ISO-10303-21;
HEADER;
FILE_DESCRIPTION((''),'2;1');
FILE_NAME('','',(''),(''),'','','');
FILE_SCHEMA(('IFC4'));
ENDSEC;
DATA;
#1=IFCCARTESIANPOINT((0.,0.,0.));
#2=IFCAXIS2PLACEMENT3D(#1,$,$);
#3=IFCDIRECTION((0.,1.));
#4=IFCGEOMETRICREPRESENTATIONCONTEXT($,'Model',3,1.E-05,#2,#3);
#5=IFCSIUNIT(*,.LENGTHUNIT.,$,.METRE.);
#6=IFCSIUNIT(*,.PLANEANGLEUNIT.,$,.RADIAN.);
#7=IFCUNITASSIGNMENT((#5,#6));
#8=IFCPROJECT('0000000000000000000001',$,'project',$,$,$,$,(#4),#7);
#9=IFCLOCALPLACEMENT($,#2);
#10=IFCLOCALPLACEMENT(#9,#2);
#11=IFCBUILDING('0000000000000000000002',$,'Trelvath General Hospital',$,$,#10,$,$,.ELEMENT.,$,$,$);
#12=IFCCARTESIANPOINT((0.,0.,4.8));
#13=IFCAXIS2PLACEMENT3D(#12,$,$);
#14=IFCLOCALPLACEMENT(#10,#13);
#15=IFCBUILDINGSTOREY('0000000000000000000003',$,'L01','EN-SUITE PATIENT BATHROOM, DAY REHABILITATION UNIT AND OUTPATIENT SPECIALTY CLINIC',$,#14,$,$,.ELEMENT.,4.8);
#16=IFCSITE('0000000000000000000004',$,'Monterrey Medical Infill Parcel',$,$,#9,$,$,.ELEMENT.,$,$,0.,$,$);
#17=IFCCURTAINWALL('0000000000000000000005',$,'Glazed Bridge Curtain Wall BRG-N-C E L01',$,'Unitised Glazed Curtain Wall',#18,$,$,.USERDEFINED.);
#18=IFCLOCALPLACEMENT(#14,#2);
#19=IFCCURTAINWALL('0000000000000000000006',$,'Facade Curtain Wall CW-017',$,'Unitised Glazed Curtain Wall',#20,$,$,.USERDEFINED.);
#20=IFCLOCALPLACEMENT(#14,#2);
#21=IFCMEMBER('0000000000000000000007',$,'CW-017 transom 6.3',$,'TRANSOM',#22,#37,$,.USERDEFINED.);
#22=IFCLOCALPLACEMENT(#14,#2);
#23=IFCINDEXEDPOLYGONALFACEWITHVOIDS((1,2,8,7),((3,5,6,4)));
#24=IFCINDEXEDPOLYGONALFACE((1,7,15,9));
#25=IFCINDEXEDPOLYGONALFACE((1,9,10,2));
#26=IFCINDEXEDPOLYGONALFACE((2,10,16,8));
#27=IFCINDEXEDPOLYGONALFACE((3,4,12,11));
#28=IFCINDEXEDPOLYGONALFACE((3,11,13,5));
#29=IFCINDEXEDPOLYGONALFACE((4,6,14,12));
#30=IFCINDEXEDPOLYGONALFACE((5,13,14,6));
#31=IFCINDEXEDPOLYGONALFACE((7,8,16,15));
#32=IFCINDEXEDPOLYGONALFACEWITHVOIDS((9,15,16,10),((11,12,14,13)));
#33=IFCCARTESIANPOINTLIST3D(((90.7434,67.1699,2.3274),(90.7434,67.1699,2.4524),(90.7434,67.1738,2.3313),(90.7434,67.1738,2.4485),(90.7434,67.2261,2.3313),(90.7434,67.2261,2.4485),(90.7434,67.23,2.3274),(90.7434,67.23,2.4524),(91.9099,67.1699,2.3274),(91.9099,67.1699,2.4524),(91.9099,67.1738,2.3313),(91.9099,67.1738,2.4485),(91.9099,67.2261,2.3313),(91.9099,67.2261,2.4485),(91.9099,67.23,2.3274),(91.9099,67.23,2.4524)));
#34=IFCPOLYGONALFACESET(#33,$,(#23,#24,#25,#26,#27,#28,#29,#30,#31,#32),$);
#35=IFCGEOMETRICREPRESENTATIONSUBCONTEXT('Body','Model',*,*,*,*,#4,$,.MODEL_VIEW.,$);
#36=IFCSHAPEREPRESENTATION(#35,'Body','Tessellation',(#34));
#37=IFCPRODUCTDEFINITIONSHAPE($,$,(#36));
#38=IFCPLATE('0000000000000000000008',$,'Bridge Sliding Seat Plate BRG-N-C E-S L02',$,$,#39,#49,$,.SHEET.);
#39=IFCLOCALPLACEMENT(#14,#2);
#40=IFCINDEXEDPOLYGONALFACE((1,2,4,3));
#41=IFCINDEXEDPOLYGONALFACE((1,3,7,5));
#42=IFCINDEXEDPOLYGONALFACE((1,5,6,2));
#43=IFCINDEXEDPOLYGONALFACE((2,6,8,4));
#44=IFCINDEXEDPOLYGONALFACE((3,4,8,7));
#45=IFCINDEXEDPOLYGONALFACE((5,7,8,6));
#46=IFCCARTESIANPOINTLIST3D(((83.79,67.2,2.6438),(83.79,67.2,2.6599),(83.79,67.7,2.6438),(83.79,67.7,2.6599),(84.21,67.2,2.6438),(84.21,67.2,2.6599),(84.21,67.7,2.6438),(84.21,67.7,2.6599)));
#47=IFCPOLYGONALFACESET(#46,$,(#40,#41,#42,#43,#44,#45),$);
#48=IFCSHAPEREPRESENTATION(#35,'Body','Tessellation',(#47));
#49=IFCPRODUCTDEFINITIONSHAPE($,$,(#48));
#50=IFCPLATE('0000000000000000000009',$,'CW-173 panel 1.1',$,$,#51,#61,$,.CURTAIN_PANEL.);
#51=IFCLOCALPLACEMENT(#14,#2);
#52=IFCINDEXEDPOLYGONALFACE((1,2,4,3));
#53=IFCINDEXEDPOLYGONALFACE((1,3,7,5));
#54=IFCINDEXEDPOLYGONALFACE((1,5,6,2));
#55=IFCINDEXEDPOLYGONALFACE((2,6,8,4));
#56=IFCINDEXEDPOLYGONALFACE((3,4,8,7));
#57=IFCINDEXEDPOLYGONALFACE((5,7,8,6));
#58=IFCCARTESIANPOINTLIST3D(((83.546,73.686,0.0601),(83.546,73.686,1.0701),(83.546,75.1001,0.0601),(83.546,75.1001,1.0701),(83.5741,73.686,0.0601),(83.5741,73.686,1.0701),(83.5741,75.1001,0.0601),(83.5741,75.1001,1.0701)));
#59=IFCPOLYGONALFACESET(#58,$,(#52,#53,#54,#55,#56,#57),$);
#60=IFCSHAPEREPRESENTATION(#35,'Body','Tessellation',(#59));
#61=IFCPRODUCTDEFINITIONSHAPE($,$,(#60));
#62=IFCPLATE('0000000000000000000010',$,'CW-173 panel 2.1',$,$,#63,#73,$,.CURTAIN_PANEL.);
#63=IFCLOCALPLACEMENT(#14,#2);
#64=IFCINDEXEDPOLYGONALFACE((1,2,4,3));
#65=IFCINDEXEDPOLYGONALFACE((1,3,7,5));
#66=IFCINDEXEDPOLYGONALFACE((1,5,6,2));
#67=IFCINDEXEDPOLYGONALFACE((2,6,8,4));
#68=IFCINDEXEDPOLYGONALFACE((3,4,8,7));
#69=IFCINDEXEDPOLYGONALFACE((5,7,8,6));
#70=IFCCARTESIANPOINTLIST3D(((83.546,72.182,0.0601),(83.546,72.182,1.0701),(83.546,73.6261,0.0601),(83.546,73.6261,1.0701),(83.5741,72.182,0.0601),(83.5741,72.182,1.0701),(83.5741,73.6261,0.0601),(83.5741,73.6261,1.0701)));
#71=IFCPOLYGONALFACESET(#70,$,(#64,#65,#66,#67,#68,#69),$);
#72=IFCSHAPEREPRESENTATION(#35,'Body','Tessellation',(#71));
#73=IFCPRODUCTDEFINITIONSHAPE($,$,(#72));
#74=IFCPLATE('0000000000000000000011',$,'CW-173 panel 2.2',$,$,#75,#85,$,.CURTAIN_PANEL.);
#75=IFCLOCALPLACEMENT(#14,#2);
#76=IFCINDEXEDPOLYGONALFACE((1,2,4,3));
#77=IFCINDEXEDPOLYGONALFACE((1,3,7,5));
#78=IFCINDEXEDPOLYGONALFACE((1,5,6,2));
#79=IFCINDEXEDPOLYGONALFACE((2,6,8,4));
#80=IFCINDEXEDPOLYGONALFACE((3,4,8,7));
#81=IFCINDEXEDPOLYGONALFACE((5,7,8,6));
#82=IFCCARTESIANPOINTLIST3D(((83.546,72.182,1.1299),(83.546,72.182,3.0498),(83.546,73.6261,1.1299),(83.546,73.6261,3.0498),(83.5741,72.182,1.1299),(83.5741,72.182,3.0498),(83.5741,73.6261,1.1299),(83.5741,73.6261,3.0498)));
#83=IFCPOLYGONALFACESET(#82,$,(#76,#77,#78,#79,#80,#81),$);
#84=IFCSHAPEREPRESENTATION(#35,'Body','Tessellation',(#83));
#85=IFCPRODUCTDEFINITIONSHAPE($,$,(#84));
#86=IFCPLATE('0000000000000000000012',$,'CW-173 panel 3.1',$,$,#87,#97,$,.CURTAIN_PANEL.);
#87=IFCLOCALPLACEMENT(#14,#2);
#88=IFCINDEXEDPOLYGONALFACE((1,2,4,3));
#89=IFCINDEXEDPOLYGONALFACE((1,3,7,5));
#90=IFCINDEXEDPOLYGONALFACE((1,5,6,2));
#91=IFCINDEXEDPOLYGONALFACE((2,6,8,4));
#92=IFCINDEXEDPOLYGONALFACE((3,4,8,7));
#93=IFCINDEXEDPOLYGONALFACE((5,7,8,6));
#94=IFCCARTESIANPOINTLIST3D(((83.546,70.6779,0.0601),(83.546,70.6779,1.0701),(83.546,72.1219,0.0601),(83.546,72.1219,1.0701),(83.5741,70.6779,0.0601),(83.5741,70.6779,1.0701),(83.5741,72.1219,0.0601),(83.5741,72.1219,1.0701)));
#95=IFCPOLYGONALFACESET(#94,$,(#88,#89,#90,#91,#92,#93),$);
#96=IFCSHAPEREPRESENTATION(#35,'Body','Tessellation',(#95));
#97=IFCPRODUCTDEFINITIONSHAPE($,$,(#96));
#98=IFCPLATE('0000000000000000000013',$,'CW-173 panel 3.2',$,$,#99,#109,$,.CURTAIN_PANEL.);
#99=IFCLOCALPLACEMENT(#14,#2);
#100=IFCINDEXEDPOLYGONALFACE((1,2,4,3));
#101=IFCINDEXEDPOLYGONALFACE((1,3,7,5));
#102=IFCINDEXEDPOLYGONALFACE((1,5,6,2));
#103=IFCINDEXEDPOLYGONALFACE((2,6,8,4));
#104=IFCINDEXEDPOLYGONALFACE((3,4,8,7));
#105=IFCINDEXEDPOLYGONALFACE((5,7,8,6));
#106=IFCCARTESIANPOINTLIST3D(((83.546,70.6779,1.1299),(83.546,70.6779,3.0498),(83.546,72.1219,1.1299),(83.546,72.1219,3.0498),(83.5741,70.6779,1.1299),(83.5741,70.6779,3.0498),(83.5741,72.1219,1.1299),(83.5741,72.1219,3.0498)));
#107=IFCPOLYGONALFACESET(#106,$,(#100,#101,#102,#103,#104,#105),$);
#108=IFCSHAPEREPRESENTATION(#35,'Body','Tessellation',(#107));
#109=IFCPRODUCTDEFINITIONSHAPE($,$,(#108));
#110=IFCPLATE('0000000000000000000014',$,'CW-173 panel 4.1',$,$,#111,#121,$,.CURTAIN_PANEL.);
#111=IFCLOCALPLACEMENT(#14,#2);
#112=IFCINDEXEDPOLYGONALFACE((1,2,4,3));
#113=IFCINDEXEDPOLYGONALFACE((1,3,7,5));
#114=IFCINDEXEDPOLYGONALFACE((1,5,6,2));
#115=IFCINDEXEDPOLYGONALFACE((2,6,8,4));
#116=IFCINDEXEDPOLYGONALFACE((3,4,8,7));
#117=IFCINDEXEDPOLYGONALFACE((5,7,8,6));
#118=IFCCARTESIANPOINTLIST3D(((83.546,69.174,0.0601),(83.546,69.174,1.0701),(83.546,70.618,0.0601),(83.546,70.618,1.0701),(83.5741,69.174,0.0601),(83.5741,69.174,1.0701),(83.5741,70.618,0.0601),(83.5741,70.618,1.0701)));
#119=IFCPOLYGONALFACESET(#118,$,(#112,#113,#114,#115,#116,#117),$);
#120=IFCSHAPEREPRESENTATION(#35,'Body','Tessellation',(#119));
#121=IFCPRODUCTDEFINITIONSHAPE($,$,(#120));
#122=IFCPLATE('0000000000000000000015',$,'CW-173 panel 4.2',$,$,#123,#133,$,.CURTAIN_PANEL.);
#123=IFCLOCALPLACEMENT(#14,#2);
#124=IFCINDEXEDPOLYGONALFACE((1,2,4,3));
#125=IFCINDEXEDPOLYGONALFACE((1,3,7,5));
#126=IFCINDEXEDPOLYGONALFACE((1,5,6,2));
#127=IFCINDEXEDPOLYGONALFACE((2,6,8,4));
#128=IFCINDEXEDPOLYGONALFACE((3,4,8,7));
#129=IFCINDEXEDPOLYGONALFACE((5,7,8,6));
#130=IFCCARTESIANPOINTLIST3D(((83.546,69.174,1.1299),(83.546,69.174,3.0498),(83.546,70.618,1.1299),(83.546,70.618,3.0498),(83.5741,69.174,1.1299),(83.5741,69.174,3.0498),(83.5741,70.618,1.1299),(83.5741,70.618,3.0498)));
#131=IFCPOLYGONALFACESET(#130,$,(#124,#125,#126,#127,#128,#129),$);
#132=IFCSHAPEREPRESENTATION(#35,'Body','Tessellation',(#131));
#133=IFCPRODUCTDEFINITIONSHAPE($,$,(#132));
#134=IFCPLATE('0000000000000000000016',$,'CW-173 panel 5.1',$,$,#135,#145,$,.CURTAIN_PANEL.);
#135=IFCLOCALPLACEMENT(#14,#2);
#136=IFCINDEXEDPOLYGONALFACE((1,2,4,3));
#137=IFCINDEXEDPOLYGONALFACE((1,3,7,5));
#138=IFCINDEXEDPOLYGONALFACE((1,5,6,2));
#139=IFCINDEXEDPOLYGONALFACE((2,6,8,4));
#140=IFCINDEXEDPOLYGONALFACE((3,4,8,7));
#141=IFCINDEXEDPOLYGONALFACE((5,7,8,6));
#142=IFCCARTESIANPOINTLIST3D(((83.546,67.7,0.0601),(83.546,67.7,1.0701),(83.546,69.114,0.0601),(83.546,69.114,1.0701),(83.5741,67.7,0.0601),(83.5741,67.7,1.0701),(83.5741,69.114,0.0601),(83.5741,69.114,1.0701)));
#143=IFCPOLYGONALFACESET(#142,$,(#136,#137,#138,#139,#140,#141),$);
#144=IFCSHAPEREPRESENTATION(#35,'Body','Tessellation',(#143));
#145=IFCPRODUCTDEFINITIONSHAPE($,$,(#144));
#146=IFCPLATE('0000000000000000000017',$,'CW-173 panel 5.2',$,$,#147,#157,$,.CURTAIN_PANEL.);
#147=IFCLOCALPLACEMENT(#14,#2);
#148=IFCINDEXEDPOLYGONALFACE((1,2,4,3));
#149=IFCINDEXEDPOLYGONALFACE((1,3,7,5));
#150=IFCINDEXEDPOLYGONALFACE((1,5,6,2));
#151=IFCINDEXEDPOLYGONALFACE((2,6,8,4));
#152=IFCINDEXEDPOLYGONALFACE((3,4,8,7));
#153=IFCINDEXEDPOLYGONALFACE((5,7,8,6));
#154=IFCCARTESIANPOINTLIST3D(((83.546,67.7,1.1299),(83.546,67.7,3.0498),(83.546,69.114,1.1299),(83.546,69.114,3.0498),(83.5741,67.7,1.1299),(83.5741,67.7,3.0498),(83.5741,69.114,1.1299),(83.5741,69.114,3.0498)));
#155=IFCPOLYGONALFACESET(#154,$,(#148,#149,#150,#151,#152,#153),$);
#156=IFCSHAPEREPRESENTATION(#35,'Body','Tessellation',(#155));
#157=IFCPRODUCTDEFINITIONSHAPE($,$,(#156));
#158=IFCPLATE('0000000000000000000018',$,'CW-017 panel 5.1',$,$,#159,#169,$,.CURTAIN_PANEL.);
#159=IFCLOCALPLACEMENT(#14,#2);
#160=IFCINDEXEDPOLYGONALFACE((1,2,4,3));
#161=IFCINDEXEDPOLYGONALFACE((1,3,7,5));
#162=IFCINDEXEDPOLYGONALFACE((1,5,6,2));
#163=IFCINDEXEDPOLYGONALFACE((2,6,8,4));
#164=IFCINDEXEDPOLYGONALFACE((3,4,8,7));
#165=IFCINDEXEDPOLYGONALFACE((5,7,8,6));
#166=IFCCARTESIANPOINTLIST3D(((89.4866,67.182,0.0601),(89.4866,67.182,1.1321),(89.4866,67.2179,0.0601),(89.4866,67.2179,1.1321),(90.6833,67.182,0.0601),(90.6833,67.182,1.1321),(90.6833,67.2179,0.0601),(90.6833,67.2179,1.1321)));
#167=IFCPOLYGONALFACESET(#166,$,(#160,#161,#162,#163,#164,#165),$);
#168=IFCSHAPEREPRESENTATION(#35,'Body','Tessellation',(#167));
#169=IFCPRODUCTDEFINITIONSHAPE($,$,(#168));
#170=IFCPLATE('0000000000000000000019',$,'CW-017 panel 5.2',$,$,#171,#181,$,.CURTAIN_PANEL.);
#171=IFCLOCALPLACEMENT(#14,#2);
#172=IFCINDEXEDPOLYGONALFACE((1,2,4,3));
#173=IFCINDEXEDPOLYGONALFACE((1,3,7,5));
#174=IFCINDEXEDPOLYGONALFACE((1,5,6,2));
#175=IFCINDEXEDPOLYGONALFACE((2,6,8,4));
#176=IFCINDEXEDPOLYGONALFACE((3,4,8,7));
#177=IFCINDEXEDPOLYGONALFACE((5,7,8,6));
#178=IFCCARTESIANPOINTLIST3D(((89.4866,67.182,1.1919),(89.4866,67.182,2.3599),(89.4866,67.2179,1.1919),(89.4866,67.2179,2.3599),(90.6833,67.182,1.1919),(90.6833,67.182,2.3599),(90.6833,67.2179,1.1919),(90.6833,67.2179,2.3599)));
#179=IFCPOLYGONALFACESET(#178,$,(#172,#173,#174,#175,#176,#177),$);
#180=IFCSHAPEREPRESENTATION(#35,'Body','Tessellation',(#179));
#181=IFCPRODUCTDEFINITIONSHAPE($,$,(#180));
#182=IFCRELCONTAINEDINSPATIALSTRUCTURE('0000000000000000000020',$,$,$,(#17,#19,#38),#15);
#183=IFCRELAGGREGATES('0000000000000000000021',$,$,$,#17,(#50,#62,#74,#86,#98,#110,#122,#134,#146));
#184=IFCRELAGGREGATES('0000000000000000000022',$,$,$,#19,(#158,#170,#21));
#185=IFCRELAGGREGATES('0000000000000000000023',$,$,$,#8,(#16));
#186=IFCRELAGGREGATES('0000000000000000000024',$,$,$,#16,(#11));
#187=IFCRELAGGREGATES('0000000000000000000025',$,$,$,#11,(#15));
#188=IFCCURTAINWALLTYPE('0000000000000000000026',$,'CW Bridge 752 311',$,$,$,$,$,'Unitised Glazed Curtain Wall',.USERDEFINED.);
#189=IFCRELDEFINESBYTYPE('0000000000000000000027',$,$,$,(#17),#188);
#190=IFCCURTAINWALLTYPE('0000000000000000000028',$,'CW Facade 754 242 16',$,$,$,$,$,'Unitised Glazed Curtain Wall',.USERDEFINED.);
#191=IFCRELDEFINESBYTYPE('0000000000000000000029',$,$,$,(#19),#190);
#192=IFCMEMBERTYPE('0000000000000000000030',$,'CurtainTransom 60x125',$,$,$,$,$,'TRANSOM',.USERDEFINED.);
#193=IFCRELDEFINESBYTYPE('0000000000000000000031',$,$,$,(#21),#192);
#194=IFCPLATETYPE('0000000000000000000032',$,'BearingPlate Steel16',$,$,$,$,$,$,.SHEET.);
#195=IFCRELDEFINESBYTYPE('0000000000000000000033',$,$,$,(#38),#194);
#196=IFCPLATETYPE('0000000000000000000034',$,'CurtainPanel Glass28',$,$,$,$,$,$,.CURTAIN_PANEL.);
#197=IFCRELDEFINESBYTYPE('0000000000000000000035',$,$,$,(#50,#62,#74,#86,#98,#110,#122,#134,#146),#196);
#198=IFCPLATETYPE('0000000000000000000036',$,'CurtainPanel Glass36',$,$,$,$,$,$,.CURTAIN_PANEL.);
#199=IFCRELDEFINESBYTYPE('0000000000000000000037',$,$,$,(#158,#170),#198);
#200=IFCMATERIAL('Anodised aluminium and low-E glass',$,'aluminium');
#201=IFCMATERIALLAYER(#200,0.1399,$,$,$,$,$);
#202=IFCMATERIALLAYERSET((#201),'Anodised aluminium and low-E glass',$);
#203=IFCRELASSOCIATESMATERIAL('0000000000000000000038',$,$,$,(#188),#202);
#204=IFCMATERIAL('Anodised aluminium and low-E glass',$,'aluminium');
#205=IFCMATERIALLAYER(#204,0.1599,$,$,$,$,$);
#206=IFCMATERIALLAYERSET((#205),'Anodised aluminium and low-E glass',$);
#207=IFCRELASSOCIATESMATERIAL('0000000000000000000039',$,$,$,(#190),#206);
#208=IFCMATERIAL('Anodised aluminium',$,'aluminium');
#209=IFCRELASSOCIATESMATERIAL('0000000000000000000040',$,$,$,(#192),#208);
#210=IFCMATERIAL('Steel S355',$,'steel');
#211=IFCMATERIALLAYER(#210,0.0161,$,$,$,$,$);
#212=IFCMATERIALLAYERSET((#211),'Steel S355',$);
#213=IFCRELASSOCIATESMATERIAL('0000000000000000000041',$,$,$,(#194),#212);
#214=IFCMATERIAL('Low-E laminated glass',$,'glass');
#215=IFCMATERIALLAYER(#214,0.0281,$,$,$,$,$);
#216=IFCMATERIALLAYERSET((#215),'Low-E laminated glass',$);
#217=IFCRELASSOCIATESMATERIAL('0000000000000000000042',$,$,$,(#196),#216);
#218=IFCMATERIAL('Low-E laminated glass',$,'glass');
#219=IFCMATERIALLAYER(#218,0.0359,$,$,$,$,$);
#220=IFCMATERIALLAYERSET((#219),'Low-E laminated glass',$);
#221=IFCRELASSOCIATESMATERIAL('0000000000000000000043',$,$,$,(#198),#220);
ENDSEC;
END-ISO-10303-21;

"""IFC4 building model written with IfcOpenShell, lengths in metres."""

from ifc_helpers import new_model, si_unit, direction, frame, origin, origin_2d, place, context, subcontext, project, spatial, rectangle, hollow_rectangle, extrude, material, layer, layer_set, material_profile, profile_set, type_object, element, aggregate, save


model = new_model("IFC4")

# Units and contexts
model_context = context("Model", 3, precision=1e-05, world=origin(), true_north=direction((0.0, 1.0)))
body_context = subcontext(model_context, "Body", "Model", "MODEL_VIEW")
ifc_project = project(units=[si_unit("LENGTHUNIT", "METRE"), si_unit("PLANEANGLEUNIT", "RADIAN")], contexts=[model_context])

# Site, building, storey
site_placement = place(None, origin())
site = spatial("IfcSite", under=ifc_project, at=site_placement, Name="Monterrey Medical Infill Parcel", CompositionType="ELEMENT", RefElevation=0.0)
building_placement = place(site_placement, origin())
building = spatial("IfcBuilding", under=site, at=building_placement, Name="Trelvath General Hospital", CompositionType="ELEMENT")
storey_placement = place(building_placement, frame((0.0, 0.0, 4.8)))
storey = spatial("IfcBuildingStorey", under=building, at=storey_placement, Name="L01", Description="EN-SUITE PATIENT BATHROOM, DAY REHABILITATION UNIT AND OUTPATIENT SPECIALTY CLINIC", CompositionType="ELEMENT", Elevation=4.8)

# Curtain wall
ifc_material_1 = material(Name="Anodised aluminium and low-E glass", Category="aluminium")
ifc_layer_1 = layer(ifc_material_1, 0.1399)
ifc_layer_set_1 = layer_set([ifc_layer_1], Name="Anodised aluminium and low-E glass")
curtain_wall_type_1 = type_object("IfcCurtainWallType", Name="CW Bridge 752 311", ElementType="Unitised Glazed Curtain Wall", PredefinedType="USERDEFINED", material=ifc_layer_set_1)
curtain_wall_1_placement = place(storey_placement, origin())
curtain_wall_1 = element("IfcCurtainWall", 1, at=curtain_wall_1_placement, inside=storey, type_object=curtain_wall_type_1, Name="Glazed Bridge Curtain Wall BRG-N-C E L01", ObjectType="Unitised Glazed Curtain Wall", PredefinedType="USERDEFINED")

# Curtain wall
ifc_material_2 = material(Name="Anodised aluminium and low-E glass", Category="aluminium")
ifc_layer_2 = layer(ifc_material_2, 0.1599)
ifc_layer_set_2 = layer_set([ifc_layer_2], Name="Anodised aluminium and low-E glass")
curtain_wall_type_2 = type_object("IfcCurtainWallType", Name="CW Facade 754 242 16", ElementType="Unitised Glazed Curtain Wall", PredefinedType="USERDEFINED", material=ifc_layer_set_2)
curtain_wall_2_placement = place(storey_placement, origin())
curtain_wall_2 = element("IfcCurtainWall", 2, at=curtain_wall_2_placement, inside=storey, type_object=curtain_wall_type_2, Name="Facade Curtain Wall CW-017", ObjectType="Unitised Glazed Curtain Wall", PredefinedType="USERDEFINED")

# Member
ifc_material_3 = material(Name="Anodised aluminium", Category="aluminium")
ifc_material_profile_1 = material_profile(ifc_material_3, hollow_rectangle(XDim=0.0601, YDim=0.125, WallThickness=0.0039, at=origin_2d()), Name="RHS60x125x4")
ifc_profile_set_1 = profile_set([ifc_material_profile_1], Name="Anodised aluminium")
member_type_1 = type_object("IfcMemberType", Name="CurtainTransom 60x125", ElementType="TRANSOM", PredefinedType="USERDEFINED", material=ifc_profile_set_1)
member_1_placement = place(storey_placement, frame((90.7434, 67.2, 2.3899), z_axis=(1.0, 0.0, 0.0), x_axis=(0.0, 1.0, 0.0)))
member_1 = element("IfcMember", 3, at=member_1_placement, type_object=member_type_1, Name="CW-017 transom 6.3", ObjectType="TRANSOM", PredefinedType="USERDEFINED", context=body_context, shape_type="SweptSolid", body=[
    extrude(hollow_rectangle(XDim=0.0601, YDim=0.125, WallThickness=0.0039, at=origin_2d()), origin(), (0.0, 0.0, 1.0), 1.1665),
])

# Plates
ifc_material_4 = material(Name="Steel S355", Category="steel")
ifc_layer_3 = layer(ifc_material_4, 0.0161)
ifc_layer_set_3 = layer_set([ifc_layer_3], Name="Steel S355")
plate_type_1 = type_object("IfcPlateType", Name="BearingPlate Steel16", PredefinedType="SHEET", material=ifc_layer_set_3)
plate_1_placement = place(storey_placement, frame((84.0, 67.45, 2.6438), z_axis=(0.0, 0.0, 1.0), x_axis=(1.0, 0.0, 0.0)))
element("IfcPlate", 4, at=plate_1_placement, inside=storey, type_object=plate_type_1, Name="Bridge Sliding Seat Plate BRG-N-C E-S L02", PredefinedType="SHEET", context=body_context, shape_type="SweptSolid", body=[
    extrude(rectangle(XDim=0.4199, YDim=0.5, at=origin_2d()), origin(), (0.0, 0.0, 1.0), 0.0161),
])
ifc_material_5 = material(Name="Low-E laminated glass", Category="glass")
ifc_layer_4 = layer(ifc_material_5, 0.0281)
ifc_layer_set_4 = layer_set([ifc_layer_4], Name="Low-E laminated glass")
plate_type_2 = type_object("IfcPlateType", Name="CurtainPanel Glass28", PredefinedType="CURTAIN_PANEL", material=ifc_layer_set_4)
plate_2_placement = place(storey_placement, frame((83.5601, 74.3931, 0.0601), z_axis=(0.0, 0.0, 1.0), x_axis=(0.0, -1.0, 0.0)))
plate_2 = element("IfcPlate", 5, at=plate_2_placement, type_object=plate_type_2, Name="CW-173 panel 1.1", PredefinedType="CURTAIN_PANEL", context=body_context, shape_type="SweptSolid", body=[
    extrude(rectangle(XDim=1.4141, YDim=0.0281, at=origin_2d()), origin(), (0.0, 0.0, 1.0), 1.01),
])
plate_3_placement = place(storey_placement, frame((83.5601, 72.9041, 0.0601), z_axis=(0.0, 0.0, 1.0), x_axis=(0.0, -1.0, 0.0)))
plate_3 = element("IfcPlate", 6, at=plate_3_placement, type_object=plate_type_2, Name="CW-173 panel 2.1", PredefinedType="CURTAIN_PANEL", context=body_context, shape_type="SweptSolid", body=[
    extrude(rectangle(XDim=1.4441, YDim=0.0281, at=origin_2d()), origin(), (0.0, 0.0, 1.0), 1.01),
])
plate_4_placement = place(storey_placement, frame((83.5601, 72.9041, 1.1299), z_axis=(0.0, 0.0, 1.0), x_axis=(0.0, -1.0, 0.0)))
plate_4 = element("IfcPlate", 7, at=plate_4_placement, type_object=plate_type_2, Name="CW-173 panel 2.2", PredefinedType="CURTAIN_PANEL", context=body_context, shape_type="SweptSolid", body=[
    extrude(rectangle(XDim=1.4441, YDim=0.0281, at=origin_2d()), origin(), (0.0, 0.0, 1.0), 1.9199),
])
plate_5_placement = place(storey_placement, frame((83.5601, 71.3999, 0.0601), z_axis=(0.0, 0.0, 1.0), x_axis=(0.0, -1.0, 0.0)))
plate_5 = element("IfcPlate", 8, at=plate_5_placement, type_object=plate_type_2, Name="CW-173 panel 3.1", PredefinedType="CURTAIN_PANEL", context=body_context, shape_type="SweptSolid", body=[
    extrude(rectangle(XDim=1.4441, YDim=0.0281, at=origin_2d()), origin(), (0.0, 0.0, 1.0), 1.01),
])
plate_6_placement = place(storey_placement, frame((83.5601, 71.3999, 1.1299), z_axis=(0.0, 0.0, 1.0), x_axis=(0.0, -1.0, 0.0)))
plate_6 = element("IfcPlate", 9, at=plate_6_placement, type_object=plate_type_2, Name="CW-173 panel 3.2", PredefinedType="CURTAIN_PANEL", context=body_context, shape_type="SweptSolid", body=[
    extrude(rectangle(XDim=1.4441, YDim=0.0281, at=origin_2d()), origin(), (0.0, 0.0, 1.0), 1.9199),
])
plate_7_placement = place(storey_placement, frame((83.5601, 69.896, 0.0601), z_axis=(0.0, 0.0, 1.0), x_axis=(0.0, -1.0, 0.0)))
plate_7 = element("IfcPlate", 10, at=plate_7_placement, type_object=plate_type_2, Name="CW-173 panel 4.1", PredefinedType="CURTAIN_PANEL", context=body_context, shape_type="SweptSolid", body=[
    extrude(rectangle(XDim=1.4441, YDim=0.0281, at=origin_2d()), origin(), (0.0, 0.0, 1.0), 1.01),
])
plate_8_placement = place(storey_placement, frame((83.5601, 69.896, 1.1299), z_axis=(0.0, 0.0, 1.0), x_axis=(0.0, -1.0, 0.0)))
plate_8 = element("IfcPlate", 11, at=plate_8_placement, type_object=plate_type_2, Name="CW-173 panel 4.2", PredefinedType="CURTAIN_PANEL", context=body_context, shape_type="SweptSolid", body=[
    extrude(rectangle(XDim=1.4441, YDim=0.0281, at=origin_2d()), origin(), (0.0, 0.0, 1.0), 1.9199),
])
plate_9_placement = place(storey_placement, frame((83.5601, 68.407, 0.0601), z_axis=(0.0, 0.0, 1.0), x_axis=(0.0, -1.0, 0.0)))
plate_9 = element("IfcPlate", 12, at=plate_9_placement, type_object=plate_type_2, Name="CW-173 panel 5.1", PredefinedType="CURTAIN_PANEL", context=body_context, shape_type="SweptSolid", body=[
    extrude(rectangle(XDim=1.4141, YDim=0.0281, at=origin_2d()), origin(), (0.0, 0.0, 1.0), 1.01),
])
plate_10_placement = place(storey_placement, frame((83.5601, 68.407, 1.1299), z_axis=(0.0, 0.0, 1.0), x_axis=(0.0, -1.0, 0.0)))
plate_10 = element("IfcPlate", 13, at=plate_10_placement, type_object=plate_type_2, Name="CW-173 panel 5.2", PredefinedType="CURTAIN_PANEL", context=body_context, shape_type="SweptSolid", body=[
    extrude(rectangle(XDim=1.4141, YDim=0.0281, at=origin_2d()), origin(), (0.0, 0.0, 1.0), 1.9199),
])
aggregate(curtain_wall_1, [plate_2, plate_3, plate_4, plate_5, plate_6, plate_7, plate_8, plate_9, plate_10])
ifc_material_6 = material(Name="Low-E laminated glass", Category="glass")
ifc_layer_5 = layer(ifc_material_6, 0.0359)
ifc_layer_set_5 = layer_set([ifc_layer_5], Name="Low-E laminated glass")
plate_type_3 = type_object("IfcPlateType", Name="CurtainPanel Glass36", PredefinedType="CURTAIN_PANEL", material=ifc_layer_set_5)
plate_11_placement = place(storey_placement, frame((90.085, 67.2, 0.0601), z_axis=(0.0, 0.0, 1.0), x_axis=(1.0, 0.0, 0.0)))
plate_11 = element("IfcPlate", 14, at=plate_11_placement, type_object=plate_type_3, Name="CW-017 panel 5.1", PredefinedType="CURTAIN_PANEL", context=body_context, shape_type="SweptSolid", body=[
    extrude(rectangle(XDim=1.1968, YDim=0.0359, at=origin_2d()), origin(), (0.0, 0.0, 1.0), 1.072),
])
plate_12_placement = place(storey_placement, frame((90.085, 67.2, 1.1919), z_axis=(0.0, 0.0, 1.0), x_axis=(1.0, 0.0, 0.0)))
plate_12 = element("IfcPlate", 15, at=plate_12_placement, type_object=plate_type_3, Name="CW-017 panel 5.2", PredefinedType="CURTAIN_PANEL", context=body_context, shape_type="SweptSolid", body=[
    extrude(rectangle(XDim=1.1968, YDim=0.0359, at=origin_2d()), origin(), (0.0, 0.0, 1.0), 1.168),
])
aggregate(curtain_wall_2, [plate_11, plate_12, member_1])

save(model, "model.ifc")
